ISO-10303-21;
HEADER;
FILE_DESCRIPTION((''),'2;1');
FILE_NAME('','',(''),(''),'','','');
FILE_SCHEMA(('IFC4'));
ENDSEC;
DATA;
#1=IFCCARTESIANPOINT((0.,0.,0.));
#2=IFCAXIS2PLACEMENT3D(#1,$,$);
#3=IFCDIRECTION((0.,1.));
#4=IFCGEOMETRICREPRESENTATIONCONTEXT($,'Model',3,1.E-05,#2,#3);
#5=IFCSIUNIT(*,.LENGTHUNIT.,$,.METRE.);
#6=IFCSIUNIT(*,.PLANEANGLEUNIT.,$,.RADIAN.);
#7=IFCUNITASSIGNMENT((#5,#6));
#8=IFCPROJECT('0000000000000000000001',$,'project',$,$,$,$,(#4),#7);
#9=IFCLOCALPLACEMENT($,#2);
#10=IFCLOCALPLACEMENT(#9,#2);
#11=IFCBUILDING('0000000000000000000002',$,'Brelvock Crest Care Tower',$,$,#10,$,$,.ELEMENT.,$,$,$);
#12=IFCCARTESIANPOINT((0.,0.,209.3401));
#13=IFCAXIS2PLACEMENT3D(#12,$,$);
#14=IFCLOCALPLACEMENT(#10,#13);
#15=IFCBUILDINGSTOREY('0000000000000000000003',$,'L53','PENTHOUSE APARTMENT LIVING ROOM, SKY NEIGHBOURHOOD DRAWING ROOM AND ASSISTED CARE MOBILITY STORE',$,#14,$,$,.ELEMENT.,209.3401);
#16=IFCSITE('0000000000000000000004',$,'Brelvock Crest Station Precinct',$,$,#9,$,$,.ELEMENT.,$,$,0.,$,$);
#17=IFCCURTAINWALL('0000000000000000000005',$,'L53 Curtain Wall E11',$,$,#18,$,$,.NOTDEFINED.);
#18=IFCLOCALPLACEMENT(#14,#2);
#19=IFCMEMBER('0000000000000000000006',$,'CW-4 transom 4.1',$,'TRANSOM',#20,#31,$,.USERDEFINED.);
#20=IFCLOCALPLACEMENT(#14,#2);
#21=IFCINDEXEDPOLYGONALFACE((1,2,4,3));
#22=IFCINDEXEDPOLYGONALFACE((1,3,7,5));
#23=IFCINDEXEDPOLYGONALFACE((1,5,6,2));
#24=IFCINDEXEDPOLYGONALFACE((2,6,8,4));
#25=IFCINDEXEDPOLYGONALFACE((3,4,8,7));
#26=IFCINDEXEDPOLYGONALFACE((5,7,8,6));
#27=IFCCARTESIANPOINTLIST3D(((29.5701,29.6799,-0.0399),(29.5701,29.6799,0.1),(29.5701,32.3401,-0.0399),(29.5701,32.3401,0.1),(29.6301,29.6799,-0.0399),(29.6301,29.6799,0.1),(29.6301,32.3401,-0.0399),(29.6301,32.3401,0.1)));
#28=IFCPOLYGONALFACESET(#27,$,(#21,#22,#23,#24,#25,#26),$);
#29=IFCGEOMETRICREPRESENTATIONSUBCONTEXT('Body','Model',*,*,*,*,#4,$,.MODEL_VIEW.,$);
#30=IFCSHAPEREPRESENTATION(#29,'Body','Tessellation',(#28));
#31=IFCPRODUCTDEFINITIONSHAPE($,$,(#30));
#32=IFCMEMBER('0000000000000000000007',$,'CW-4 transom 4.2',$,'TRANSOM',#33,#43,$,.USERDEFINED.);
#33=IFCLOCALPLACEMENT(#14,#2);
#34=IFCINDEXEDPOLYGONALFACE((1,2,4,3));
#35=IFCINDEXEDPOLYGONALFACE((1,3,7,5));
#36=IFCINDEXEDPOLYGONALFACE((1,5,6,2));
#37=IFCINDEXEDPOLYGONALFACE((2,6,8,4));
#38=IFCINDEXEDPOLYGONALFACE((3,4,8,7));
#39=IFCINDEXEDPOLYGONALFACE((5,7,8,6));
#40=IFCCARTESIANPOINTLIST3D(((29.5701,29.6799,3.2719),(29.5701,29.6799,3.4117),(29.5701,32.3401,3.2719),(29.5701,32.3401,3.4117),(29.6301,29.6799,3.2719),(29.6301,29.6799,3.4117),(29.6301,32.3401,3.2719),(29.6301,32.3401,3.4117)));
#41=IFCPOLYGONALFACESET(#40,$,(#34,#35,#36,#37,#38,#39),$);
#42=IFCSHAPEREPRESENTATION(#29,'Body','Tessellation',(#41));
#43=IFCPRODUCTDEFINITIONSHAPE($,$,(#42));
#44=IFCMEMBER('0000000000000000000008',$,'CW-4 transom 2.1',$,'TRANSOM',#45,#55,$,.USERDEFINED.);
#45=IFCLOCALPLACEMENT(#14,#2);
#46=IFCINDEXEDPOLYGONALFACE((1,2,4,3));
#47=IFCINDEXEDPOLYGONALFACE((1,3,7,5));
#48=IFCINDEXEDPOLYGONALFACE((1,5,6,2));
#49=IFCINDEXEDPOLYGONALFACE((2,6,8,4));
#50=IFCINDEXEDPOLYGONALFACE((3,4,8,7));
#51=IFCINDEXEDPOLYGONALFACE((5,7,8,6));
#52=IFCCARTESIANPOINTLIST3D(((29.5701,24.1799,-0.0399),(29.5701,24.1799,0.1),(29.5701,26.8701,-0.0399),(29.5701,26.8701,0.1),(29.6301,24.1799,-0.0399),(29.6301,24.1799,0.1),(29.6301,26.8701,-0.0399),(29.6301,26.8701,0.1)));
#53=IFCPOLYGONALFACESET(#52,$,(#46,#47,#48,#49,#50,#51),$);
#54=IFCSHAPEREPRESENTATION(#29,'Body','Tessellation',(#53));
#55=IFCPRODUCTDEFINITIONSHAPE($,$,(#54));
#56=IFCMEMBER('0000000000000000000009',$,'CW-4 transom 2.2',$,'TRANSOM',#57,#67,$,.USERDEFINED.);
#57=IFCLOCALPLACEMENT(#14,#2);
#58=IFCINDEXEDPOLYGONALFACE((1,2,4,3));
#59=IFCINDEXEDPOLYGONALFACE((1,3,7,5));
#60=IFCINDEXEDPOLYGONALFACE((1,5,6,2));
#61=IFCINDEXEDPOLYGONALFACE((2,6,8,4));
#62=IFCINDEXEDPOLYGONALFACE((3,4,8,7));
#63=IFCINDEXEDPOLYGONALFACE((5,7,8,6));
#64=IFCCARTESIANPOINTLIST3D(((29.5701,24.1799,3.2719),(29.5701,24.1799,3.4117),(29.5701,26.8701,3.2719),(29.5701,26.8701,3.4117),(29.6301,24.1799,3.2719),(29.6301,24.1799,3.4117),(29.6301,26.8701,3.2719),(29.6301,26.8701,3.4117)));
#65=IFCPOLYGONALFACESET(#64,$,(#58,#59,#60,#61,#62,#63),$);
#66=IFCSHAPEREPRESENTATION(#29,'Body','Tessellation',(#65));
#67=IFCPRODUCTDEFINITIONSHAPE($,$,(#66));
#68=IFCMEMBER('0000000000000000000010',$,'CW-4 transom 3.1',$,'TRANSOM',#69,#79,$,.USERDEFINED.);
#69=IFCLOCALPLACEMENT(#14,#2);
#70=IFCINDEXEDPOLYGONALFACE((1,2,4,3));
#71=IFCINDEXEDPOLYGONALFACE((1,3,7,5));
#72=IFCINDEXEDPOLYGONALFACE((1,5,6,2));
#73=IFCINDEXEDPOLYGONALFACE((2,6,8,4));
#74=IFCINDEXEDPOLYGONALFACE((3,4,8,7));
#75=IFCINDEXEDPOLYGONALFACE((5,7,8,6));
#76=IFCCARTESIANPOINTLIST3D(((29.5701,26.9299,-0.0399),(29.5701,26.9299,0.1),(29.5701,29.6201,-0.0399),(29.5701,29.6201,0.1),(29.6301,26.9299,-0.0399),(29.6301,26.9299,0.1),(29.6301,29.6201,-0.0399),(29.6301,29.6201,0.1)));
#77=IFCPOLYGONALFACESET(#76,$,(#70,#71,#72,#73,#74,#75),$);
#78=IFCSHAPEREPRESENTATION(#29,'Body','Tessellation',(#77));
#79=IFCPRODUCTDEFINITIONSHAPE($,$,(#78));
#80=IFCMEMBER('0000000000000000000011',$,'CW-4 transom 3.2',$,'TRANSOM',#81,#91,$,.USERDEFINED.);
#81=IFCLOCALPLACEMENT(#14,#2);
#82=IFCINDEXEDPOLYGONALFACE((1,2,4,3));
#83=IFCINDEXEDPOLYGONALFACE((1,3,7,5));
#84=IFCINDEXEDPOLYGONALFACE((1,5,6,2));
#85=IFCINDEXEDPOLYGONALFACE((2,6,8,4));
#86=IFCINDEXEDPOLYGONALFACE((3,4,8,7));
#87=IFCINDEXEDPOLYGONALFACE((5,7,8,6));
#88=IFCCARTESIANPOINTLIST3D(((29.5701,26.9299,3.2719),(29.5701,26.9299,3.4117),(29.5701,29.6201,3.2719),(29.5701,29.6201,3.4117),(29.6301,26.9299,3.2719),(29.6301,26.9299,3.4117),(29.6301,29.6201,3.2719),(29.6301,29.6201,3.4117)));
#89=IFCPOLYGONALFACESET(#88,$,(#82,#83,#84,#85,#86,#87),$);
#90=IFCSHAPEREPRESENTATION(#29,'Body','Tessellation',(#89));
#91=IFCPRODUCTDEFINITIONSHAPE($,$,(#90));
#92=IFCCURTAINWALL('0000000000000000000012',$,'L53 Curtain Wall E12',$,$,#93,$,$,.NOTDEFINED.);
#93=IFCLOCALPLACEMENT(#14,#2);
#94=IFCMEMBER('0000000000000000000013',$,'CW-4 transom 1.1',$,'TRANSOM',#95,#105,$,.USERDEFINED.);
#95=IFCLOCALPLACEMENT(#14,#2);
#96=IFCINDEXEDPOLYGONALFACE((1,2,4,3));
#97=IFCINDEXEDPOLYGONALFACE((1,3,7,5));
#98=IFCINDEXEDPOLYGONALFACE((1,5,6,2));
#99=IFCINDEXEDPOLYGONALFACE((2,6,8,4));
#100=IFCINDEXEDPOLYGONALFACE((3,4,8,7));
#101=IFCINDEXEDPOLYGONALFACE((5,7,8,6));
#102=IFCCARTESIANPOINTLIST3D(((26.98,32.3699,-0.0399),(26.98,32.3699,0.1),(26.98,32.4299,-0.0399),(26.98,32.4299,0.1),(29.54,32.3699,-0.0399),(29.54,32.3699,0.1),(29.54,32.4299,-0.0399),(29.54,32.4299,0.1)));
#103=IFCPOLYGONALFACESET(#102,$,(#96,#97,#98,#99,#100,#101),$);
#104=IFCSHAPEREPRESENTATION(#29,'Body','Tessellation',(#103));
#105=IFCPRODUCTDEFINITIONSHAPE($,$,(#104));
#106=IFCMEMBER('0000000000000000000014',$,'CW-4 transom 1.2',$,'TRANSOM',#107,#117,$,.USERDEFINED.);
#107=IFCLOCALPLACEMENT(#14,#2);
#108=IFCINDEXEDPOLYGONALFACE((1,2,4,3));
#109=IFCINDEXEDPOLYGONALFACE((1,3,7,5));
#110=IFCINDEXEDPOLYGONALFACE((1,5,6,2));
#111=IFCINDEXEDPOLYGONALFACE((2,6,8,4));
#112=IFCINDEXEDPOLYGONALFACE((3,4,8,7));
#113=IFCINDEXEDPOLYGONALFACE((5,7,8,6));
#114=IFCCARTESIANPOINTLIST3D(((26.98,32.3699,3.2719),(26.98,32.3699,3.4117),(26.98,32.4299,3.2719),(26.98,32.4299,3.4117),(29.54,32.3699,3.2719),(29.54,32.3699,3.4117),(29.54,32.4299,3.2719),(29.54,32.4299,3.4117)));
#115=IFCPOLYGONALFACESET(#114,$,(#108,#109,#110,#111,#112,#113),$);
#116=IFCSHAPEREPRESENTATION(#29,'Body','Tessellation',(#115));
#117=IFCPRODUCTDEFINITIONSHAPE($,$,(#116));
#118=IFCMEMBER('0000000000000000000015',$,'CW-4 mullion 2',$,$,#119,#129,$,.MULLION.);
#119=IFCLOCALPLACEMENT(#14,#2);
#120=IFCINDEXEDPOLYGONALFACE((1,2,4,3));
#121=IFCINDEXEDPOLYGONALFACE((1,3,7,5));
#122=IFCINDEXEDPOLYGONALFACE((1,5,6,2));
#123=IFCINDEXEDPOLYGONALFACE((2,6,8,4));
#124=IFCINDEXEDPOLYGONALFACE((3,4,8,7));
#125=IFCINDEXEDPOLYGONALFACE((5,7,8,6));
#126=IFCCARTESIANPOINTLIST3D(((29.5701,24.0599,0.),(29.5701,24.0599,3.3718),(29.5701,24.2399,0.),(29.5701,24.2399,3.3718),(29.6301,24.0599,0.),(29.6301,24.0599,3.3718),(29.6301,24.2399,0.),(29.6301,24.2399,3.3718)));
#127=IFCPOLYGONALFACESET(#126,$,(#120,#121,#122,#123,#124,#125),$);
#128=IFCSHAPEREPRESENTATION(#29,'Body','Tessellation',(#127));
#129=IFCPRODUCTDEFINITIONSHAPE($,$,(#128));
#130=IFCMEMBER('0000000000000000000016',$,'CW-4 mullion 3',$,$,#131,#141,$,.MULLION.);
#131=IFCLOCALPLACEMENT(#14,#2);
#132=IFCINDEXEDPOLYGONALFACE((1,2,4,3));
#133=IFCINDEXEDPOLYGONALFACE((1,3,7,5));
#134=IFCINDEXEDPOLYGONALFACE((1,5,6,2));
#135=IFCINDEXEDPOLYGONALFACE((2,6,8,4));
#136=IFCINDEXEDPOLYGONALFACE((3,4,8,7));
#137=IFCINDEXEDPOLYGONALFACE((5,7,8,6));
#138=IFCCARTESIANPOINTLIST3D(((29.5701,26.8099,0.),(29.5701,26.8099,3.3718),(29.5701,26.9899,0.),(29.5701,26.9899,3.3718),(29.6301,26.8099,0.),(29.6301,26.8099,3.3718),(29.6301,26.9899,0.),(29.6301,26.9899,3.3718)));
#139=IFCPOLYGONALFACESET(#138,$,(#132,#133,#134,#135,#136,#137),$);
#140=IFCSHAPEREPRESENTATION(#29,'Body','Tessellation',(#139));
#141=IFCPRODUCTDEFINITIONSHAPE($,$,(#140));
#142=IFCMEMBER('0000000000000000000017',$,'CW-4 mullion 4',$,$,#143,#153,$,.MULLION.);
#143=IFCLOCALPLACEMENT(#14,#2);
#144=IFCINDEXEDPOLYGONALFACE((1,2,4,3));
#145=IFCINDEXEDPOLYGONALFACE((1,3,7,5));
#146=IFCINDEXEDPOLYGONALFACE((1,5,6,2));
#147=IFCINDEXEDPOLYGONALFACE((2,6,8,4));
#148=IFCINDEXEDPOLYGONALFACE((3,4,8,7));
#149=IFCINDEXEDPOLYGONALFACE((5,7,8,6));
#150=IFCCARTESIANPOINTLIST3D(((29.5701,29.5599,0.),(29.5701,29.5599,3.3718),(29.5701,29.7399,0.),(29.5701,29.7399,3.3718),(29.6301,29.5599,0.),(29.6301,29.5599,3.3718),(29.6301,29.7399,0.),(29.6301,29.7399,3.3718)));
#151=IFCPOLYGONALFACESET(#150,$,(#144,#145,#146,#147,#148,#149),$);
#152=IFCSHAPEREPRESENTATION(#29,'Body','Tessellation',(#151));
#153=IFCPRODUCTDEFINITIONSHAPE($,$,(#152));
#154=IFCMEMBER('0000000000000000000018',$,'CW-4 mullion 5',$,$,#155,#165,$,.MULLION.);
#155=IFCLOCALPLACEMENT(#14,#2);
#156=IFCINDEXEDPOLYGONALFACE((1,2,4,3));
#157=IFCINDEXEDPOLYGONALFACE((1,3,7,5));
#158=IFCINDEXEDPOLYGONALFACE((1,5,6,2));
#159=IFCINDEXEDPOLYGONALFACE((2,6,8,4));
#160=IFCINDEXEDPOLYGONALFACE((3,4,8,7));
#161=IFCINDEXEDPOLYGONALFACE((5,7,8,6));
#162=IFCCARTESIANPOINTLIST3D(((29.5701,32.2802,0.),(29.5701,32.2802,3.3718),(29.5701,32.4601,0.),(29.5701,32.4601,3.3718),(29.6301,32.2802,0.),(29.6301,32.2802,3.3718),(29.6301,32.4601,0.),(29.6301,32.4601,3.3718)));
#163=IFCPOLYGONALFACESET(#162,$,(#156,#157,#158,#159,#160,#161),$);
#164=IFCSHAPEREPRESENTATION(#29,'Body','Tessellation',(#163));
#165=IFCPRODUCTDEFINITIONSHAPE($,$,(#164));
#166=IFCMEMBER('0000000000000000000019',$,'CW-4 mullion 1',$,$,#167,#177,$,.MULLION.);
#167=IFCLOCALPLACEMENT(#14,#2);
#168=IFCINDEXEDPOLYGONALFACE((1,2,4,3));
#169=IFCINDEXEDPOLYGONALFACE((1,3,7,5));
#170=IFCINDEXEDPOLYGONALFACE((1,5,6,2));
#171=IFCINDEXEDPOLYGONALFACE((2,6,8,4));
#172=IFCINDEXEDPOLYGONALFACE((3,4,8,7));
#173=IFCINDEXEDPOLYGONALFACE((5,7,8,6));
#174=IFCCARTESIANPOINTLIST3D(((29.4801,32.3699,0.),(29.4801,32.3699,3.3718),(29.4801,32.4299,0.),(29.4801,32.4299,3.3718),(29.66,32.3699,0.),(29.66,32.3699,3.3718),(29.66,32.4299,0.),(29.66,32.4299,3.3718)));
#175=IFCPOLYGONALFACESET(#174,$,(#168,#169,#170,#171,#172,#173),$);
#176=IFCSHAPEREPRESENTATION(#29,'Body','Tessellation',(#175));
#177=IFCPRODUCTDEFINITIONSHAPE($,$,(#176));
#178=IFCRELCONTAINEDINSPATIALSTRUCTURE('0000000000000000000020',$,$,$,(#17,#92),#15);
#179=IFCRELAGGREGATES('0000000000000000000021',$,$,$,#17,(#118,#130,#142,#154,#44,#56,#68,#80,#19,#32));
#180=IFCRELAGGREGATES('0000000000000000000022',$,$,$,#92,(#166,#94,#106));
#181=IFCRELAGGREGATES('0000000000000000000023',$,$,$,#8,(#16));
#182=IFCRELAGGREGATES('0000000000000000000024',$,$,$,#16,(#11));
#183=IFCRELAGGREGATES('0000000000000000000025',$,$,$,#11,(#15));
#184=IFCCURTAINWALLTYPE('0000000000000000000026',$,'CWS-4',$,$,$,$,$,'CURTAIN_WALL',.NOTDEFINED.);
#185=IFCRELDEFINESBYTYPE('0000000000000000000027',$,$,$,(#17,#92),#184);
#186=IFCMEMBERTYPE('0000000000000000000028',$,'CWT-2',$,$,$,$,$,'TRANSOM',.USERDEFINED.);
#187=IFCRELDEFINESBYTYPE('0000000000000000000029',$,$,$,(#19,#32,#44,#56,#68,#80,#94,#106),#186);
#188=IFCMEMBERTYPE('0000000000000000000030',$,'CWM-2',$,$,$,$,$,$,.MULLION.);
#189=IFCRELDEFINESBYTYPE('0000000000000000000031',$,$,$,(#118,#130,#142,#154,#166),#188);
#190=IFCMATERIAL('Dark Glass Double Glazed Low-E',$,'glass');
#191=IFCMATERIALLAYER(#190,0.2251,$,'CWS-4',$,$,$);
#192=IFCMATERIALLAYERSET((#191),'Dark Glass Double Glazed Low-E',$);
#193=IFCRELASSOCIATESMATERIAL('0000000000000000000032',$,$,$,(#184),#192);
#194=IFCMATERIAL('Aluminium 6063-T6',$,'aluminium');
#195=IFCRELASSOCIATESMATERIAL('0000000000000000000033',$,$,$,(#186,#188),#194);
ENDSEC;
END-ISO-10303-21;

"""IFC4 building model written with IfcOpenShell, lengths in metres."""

from ifc_helpers import new_model, si_unit, direction, frame, origin, origin_2d, place, context, subcontext, project, spatial, rectangle, extrude, source, transform, mapped, material, layer, layer_set, material_profile, profile_set, type_object, element, aggregate, save


model = new_model("IFC4")

# Units and contexts
model_context = context("Model", 3, precision=1e-05, world=origin(), true_north=direction((0.0, 1.0)))
body_context = subcontext(model_context, "Body", "Model", "MODEL_VIEW")
ifc_project = project(units=[si_unit("LENGTHUNIT", "METRE"), si_unit("PLANEANGLEUNIT", "RADIAN")], contexts=[model_context])

# Site, building, storey
site_placement = place(None, origin())
site = spatial("IfcSite", under=ifc_project, at=site_placement, Name="Brelvock Crest Station Precinct", CompositionType="ELEMENT", RefElevation=0.0)
building_placement = place(site_placement, origin())
building = spatial("IfcBuilding", under=site, at=building_placement, Name="Brelvock Crest Care Tower", CompositionType="ELEMENT")
storey_placement = place(building_placement, frame((0.0, 0.0, 209.3401)))
storey = spatial("IfcBuildingStorey", under=building, at=storey_placement, Name="L53", Description="PENTHOUSE APARTMENT LIVING ROOM, SKY NEIGHBOURHOOD DRAWING ROOM AND ASSISTED CARE MOBILITY STORE", CompositionType="ELEMENT", Elevation=209.3401)

# Curtain walls, members
ifc_material_1 = material(Name="Dark Glass Double Glazed Low-E", Category="glass")
ifc_layer_1 = layer(ifc_material_1, 0.2251, Name="CWS-4")
ifc_layer_set_1 = layer_set([ifc_layer_1], Name="Dark Glass Double Glazed Low-E")
curtain_wall_type = type_object("IfcCurtainWallType", Name="CWS-4", ElementType="CURTAIN_WALL", PredefinedType="NOTDEFINED", material=ifc_layer_set_1)
curtain_wall_1_placement = place(storey_placement, origin())
curtain_wall_1 = element("IfcCurtainWall", 1, at=curtain_wall_1_placement, inside=storey, type_object=curtain_wall_type, Name="L53 Curtain Wall E11", PredefinedType="NOTDEFINED")
ifc_material_2 = material(Name="Aluminium 6063-T6", Category="aluminium")
ifc_material_profile_1 = material_profile(ifc_material_2, rectangle(XDim=0.0601, YDim=0.1399, at=origin_2d()), Name="ALU60x140")
ifc_profile_set_1 = profile_set([ifc_material_profile_1], Name="Aluminium 6063-T6")
member_type_1 = type_object("IfcMemberType", Name="CWT-2", ElementType="TRANSOM", PredefinedType="USERDEFINED", material=ifc_profile_set_1)
shared_shape_1 = source(origin(), body_context, "Body", "SweptSolid", [
    extrude(rectangle(XDim=0.0601, YDim=0.1399, at=origin_2d()), origin(), (0.0, 0.0, 1.0), 2.6602),
])
member_1_placement = place(storey_placement, frame((29.6001, 29.6799, 0.03), z_axis=(0.0, 1.0, 0.0), x_axis=(-1.0, 0.0, 0.0)))
member_1 = element("IfcMember", 2, at=member_1_placement, type_object=member_type_1, Name="CW-4 transom 4.1", ObjectType="TRANSOM", PredefinedType="USERDEFINED", context=body_context, shape_type="MappedRepresentation", body=[
    mapped(shared_shape_1, transform((0.0, 0.0, 0.0), x_axis=(1.0, 0.0, 0.0), y_axis=(0.0, 1.0, 0.0), z_axis=(0.0, 0.0, 1.0), scale=1.0)),
])
member_2_placement = place(storey_placement, frame((29.6001, 29.6799, 3.3418), z_axis=(0.0, 1.0, 0.0), x_axis=(-1.0, 0.0, 0.0)))
member_2 = element("IfcMember", 3, at=member_2_placement, type_object=member_type_1, Name="CW-4 transom 4.2", ObjectType="TRANSOM", PredefinedType="USERDEFINED", context=body_context, shape_type="MappedRepresentation", body=[
    mapped(shared_shape_1, transform((0.0, 0.0, 0.0), x_axis=(1.0, 0.0, 0.0), y_axis=(0.0, 1.0, 0.0), z_axis=(0.0, 0.0, 1.0), scale=1.0)),
])
shared_shape_2 = source(origin(), body_context, "Body", "SweptSolid", [
    extrude(rectangle(XDim=0.0601, YDim=0.1399, at=origin_2d()), origin(), (0.0, 0.0, 1.0), 2.6902),
])
member_3_placement = place(storey_placement, frame((29.6001, 24.1799, 0.03), z_axis=(0.0, 1.0, 0.0), x_axis=(-1.0, 0.0, 0.0)))
member_3 = element("IfcMember", 4, at=member_3_placement, type_object=member_type_1, Name="CW-4 transom 2.1", ObjectType="TRANSOM", PredefinedType="USERDEFINED", context=body_context, shape_type="MappedRepresentation", body=[
    mapped(shared_shape_2, transform((0.0, 0.0, 0.0), x_axis=(1.0, 0.0, 0.0), y_axis=(0.0, 1.0, 0.0), z_axis=(0.0, 0.0, 1.0), scale=1.0)),
])
member_4_placement = place(storey_placement, frame((29.6001, 24.1799, 3.3418), z_axis=(0.0, 1.0, 0.0), x_axis=(-1.0, 0.0, 0.0)))
member_4 = element("IfcMember", 5, at=member_4_placement, type_object=member_type_1, Name="CW-4 transom 2.2", ObjectType="TRANSOM", PredefinedType="USERDEFINED", context=body_context, shape_type="MappedRepresentation", body=[
    mapped(shared_shape_2, transform((0.0, 0.0, 0.0), x_axis=(1.0, 0.0, 0.0), y_axis=(0.0, 1.0, 0.0), z_axis=(0.0, 0.0, 1.0), scale=1.0)),
])
member_5_placement = place(storey_placement, frame((29.6001, 26.9299, 0.03), z_axis=(0.0, 1.0, 0.0), x_axis=(-1.0, 0.0, 0.0)))
member_5 = element("IfcMember", 6, at=member_5_placement, type_object=member_type_1, Name="CW-4 transom 3.1", ObjectType="TRANSOM", PredefinedType="USERDEFINED", context=body_context, shape_type="MappedRepresentation", body=[
    mapped(shared_shape_2, transform((0.0, 0.0, 0.0), x_axis=(1.0, 0.0, 0.0), y_axis=(0.0, 1.0, 0.0), z_axis=(0.0, 0.0, 1.0), scale=1.0)),
])
member_6_placement = place(storey_placement, frame((29.6001, 26.9299, 3.3418), z_axis=(0.0, 1.0, 0.0), x_axis=(-1.0, 0.0, 0.0)))
member_6 = element("IfcMember", 7, at=member_6_placement, type_object=member_type_1, Name="CW-4 transom 3.2", ObjectType="TRANSOM", PredefinedType="USERDEFINED", context=body_context, shape_type="MappedRepresentation", body=[
    mapped(shared_shape_2, transform((0.0, 0.0, 0.0), x_axis=(1.0, 0.0, 0.0), y_axis=(0.0, 1.0, 0.0), z_axis=(0.0, 0.0, 1.0), scale=1.0)),
])
curtain_wall_2_placement = place(storey_placement, origin())
curtain_wall_2 = element("IfcCurtainWall", 8, at=curtain_wall_2_placement, inside=storey, type_object=curtain_wall_type, Name="L53 Curtain Wall E12", PredefinedType="NOTDEFINED")
shared_shape_3 = source(origin(), body_context, "Body", "SweptSolid", [
    extrude(rectangle(XDim=0.0601, YDim=0.1399, at=origin_2d()), origin(), (0.0, 0.0, 1.0), 2.5601),
])
member_7_placement = place(storey_placement, frame((29.54, 32.3999, 0.03), z_axis=(-1.0, 0.0, 0.0), x_axis=(0.0, -1.0, 0.0)))
member_7 = element("IfcMember", 9, at=member_7_placement, type_object=member_type_1, Name="CW-4 transom 1.1", ObjectType="TRANSOM", PredefinedType="USERDEFINED", context=body_context, shape_type="MappedRepresentation", body=[
    mapped(shared_shape_3, transform((0.0, 0.0, 0.0), x_axis=(1.0, 0.0, 0.0), y_axis=(0.0, 1.0, 0.0), z_axis=(0.0, 0.0, 1.0), scale=1.0)),
])
member_8_placement = place(storey_placement, frame((29.54, 32.3999, 3.3418), z_axis=(-1.0, 0.0, 0.0), x_axis=(0.0, -1.0, 0.0)))
member_8 = element("IfcMember", 10, at=member_8_placement, type_object=member_type_1, Name="CW-4 transom 1.2", ObjectType="TRANSOM", PredefinedType="USERDEFINED", context=body_context, shape_type="MappedRepresentation", body=[
    mapped(shared_shape_3, transform((0.0, 0.0, 0.0), x_axis=(1.0, 0.0, 0.0), y_axis=(0.0, 1.0, 0.0), z_axis=(0.0, 0.0, 1.0), scale=1.0)),
])

# Members
ifc_material_profile_2 = material_profile(ifc_material_2, rectangle(XDim=0.0601, YDim=0.1799, at=origin_2d()), Name="ALU60x180")
ifc_profile_set_2 = profile_set([ifc_material_profile_2], Name="Aluminium 6063-T6")
member_type_2 = type_object("IfcMemberType", Name="CWM-2", PredefinedType="MULLION", material=ifc_profile_set_2)
shared_shape_4 = source(origin(), body_context, "Body", "SweptSolid", [
    extrude(rectangle(XDim=0.0601, YDim=0.1799, at=origin_2d()), origin(), (0.0, 0.0, 1.0), 3.3718),
])
member_9_placement = place(storey_placement, frame((29.6001, 24.1499, 0.0), z_axis=(0.0, 0.0, 1.0), x_axis=(-1.0, 0.0, 0.0)))
member_9 = element("IfcMember", 11, at=member_9_placement, type_object=member_type_2, Name="CW-4 mullion 2", PredefinedType="MULLION", context=body_context, shape_type="MappedRepresentation", body=[
    mapped(shared_shape_4, transform((0.0, 0.0, 0.0), x_axis=(1.0, 0.0, 0.0), y_axis=(0.0, 1.0, 0.0), z_axis=(0.0, 0.0, 1.0), scale=1.0)),
])
member_10_placement = place(storey_placement, frame((29.6001, 26.8999, 0.0), z_axis=(0.0, 0.0, 1.0), x_axis=(-1.0, 0.0, 0.0)))
member_10 = element("IfcMember", 12, at=member_10_placement, type_object=member_type_2, Name="CW-4 mullion 3", PredefinedType="MULLION", context=body_context, shape_type="MappedRepresentation", body=[
    mapped(shared_shape_4, transform((0.0, 0.0, 0.0), x_axis=(1.0, 0.0, 0.0), y_axis=(0.0, 1.0, 0.0), z_axis=(0.0, 0.0, 1.0), scale=1.0)),
])
member_11_placement = place(storey_placement, frame((29.6001, 29.6499, 0.0), z_axis=(0.0, 0.0, 1.0), x_axis=(-1.0, 0.0, 0.0)))
member_11 = element("IfcMember", 13, at=member_11_placement, type_object=member_type_2, Name="CW-4 mullion 4", PredefinedType="MULLION", context=body_context, shape_type="MappedRepresentation", body=[
    mapped(shared_shape_4, transform((0.0, 0.0, 0.0), x_axis=(1.0, 0.0, 0.0), y_axis=(0.0, 1.0, 0.0), z_axis=(0.0, 0.0, 1.0), scale=1.0)),
])
member_12_placement = place(storey_placement, frame((29.6001, 32.3701, 0.0), z_axis=(0.0, 0.0, 1.0), x_axis=(-1.0, 0.0, 0.0)))
member_12 = element("IfcMember", 14, at=member_12_placement, type_object=member_type_2, Name="CW-4 mullion 5", PredefinedType="MULLION", context=body_context, shape_type="MappedRepresentation", body=[
    mapped(shared_shape_4, transform((0.0, 0.0, 0.0), x_axis=(1.0, 0.0, 0.0), y_axis=(0.0, 1.0, 0.0), z_axis=(0.0, 0.0, 1.0), scale=1.0)),
])
member_13_placement = place(storey_placement, frame((29.5701, 32.3999, 0.0), z_axis=(0.0, 0.0, 1.0), x_axis=(0.0, -1.0, 0.0)))
member_13 = element("IfcMember", 15, at=member_13_placement, type_object=member_type_2, Name="CW-4 mullion 1", PredefinedType="MULLION", context=body_context, shape_type="MappedRepresentation", body=[
    mapped(shared_shape_4, transform((0.0, 0.0, 0.0), x_axis=(1.0, 0.0, 0.0), y_axis=(0.0, 1.0, 0.0), z_axis=(0.0, 0.0, 1.0), scale=1.0)),
])

aggregate(curtain_wall_1, [member_9, member_10, member_11, member_12, member_3, member_4, member_5, member_6, member_1, member_2])
aggregate(curtain_wall_2, [member_13, member_7, member_8])

save(model, "model.ifc")
